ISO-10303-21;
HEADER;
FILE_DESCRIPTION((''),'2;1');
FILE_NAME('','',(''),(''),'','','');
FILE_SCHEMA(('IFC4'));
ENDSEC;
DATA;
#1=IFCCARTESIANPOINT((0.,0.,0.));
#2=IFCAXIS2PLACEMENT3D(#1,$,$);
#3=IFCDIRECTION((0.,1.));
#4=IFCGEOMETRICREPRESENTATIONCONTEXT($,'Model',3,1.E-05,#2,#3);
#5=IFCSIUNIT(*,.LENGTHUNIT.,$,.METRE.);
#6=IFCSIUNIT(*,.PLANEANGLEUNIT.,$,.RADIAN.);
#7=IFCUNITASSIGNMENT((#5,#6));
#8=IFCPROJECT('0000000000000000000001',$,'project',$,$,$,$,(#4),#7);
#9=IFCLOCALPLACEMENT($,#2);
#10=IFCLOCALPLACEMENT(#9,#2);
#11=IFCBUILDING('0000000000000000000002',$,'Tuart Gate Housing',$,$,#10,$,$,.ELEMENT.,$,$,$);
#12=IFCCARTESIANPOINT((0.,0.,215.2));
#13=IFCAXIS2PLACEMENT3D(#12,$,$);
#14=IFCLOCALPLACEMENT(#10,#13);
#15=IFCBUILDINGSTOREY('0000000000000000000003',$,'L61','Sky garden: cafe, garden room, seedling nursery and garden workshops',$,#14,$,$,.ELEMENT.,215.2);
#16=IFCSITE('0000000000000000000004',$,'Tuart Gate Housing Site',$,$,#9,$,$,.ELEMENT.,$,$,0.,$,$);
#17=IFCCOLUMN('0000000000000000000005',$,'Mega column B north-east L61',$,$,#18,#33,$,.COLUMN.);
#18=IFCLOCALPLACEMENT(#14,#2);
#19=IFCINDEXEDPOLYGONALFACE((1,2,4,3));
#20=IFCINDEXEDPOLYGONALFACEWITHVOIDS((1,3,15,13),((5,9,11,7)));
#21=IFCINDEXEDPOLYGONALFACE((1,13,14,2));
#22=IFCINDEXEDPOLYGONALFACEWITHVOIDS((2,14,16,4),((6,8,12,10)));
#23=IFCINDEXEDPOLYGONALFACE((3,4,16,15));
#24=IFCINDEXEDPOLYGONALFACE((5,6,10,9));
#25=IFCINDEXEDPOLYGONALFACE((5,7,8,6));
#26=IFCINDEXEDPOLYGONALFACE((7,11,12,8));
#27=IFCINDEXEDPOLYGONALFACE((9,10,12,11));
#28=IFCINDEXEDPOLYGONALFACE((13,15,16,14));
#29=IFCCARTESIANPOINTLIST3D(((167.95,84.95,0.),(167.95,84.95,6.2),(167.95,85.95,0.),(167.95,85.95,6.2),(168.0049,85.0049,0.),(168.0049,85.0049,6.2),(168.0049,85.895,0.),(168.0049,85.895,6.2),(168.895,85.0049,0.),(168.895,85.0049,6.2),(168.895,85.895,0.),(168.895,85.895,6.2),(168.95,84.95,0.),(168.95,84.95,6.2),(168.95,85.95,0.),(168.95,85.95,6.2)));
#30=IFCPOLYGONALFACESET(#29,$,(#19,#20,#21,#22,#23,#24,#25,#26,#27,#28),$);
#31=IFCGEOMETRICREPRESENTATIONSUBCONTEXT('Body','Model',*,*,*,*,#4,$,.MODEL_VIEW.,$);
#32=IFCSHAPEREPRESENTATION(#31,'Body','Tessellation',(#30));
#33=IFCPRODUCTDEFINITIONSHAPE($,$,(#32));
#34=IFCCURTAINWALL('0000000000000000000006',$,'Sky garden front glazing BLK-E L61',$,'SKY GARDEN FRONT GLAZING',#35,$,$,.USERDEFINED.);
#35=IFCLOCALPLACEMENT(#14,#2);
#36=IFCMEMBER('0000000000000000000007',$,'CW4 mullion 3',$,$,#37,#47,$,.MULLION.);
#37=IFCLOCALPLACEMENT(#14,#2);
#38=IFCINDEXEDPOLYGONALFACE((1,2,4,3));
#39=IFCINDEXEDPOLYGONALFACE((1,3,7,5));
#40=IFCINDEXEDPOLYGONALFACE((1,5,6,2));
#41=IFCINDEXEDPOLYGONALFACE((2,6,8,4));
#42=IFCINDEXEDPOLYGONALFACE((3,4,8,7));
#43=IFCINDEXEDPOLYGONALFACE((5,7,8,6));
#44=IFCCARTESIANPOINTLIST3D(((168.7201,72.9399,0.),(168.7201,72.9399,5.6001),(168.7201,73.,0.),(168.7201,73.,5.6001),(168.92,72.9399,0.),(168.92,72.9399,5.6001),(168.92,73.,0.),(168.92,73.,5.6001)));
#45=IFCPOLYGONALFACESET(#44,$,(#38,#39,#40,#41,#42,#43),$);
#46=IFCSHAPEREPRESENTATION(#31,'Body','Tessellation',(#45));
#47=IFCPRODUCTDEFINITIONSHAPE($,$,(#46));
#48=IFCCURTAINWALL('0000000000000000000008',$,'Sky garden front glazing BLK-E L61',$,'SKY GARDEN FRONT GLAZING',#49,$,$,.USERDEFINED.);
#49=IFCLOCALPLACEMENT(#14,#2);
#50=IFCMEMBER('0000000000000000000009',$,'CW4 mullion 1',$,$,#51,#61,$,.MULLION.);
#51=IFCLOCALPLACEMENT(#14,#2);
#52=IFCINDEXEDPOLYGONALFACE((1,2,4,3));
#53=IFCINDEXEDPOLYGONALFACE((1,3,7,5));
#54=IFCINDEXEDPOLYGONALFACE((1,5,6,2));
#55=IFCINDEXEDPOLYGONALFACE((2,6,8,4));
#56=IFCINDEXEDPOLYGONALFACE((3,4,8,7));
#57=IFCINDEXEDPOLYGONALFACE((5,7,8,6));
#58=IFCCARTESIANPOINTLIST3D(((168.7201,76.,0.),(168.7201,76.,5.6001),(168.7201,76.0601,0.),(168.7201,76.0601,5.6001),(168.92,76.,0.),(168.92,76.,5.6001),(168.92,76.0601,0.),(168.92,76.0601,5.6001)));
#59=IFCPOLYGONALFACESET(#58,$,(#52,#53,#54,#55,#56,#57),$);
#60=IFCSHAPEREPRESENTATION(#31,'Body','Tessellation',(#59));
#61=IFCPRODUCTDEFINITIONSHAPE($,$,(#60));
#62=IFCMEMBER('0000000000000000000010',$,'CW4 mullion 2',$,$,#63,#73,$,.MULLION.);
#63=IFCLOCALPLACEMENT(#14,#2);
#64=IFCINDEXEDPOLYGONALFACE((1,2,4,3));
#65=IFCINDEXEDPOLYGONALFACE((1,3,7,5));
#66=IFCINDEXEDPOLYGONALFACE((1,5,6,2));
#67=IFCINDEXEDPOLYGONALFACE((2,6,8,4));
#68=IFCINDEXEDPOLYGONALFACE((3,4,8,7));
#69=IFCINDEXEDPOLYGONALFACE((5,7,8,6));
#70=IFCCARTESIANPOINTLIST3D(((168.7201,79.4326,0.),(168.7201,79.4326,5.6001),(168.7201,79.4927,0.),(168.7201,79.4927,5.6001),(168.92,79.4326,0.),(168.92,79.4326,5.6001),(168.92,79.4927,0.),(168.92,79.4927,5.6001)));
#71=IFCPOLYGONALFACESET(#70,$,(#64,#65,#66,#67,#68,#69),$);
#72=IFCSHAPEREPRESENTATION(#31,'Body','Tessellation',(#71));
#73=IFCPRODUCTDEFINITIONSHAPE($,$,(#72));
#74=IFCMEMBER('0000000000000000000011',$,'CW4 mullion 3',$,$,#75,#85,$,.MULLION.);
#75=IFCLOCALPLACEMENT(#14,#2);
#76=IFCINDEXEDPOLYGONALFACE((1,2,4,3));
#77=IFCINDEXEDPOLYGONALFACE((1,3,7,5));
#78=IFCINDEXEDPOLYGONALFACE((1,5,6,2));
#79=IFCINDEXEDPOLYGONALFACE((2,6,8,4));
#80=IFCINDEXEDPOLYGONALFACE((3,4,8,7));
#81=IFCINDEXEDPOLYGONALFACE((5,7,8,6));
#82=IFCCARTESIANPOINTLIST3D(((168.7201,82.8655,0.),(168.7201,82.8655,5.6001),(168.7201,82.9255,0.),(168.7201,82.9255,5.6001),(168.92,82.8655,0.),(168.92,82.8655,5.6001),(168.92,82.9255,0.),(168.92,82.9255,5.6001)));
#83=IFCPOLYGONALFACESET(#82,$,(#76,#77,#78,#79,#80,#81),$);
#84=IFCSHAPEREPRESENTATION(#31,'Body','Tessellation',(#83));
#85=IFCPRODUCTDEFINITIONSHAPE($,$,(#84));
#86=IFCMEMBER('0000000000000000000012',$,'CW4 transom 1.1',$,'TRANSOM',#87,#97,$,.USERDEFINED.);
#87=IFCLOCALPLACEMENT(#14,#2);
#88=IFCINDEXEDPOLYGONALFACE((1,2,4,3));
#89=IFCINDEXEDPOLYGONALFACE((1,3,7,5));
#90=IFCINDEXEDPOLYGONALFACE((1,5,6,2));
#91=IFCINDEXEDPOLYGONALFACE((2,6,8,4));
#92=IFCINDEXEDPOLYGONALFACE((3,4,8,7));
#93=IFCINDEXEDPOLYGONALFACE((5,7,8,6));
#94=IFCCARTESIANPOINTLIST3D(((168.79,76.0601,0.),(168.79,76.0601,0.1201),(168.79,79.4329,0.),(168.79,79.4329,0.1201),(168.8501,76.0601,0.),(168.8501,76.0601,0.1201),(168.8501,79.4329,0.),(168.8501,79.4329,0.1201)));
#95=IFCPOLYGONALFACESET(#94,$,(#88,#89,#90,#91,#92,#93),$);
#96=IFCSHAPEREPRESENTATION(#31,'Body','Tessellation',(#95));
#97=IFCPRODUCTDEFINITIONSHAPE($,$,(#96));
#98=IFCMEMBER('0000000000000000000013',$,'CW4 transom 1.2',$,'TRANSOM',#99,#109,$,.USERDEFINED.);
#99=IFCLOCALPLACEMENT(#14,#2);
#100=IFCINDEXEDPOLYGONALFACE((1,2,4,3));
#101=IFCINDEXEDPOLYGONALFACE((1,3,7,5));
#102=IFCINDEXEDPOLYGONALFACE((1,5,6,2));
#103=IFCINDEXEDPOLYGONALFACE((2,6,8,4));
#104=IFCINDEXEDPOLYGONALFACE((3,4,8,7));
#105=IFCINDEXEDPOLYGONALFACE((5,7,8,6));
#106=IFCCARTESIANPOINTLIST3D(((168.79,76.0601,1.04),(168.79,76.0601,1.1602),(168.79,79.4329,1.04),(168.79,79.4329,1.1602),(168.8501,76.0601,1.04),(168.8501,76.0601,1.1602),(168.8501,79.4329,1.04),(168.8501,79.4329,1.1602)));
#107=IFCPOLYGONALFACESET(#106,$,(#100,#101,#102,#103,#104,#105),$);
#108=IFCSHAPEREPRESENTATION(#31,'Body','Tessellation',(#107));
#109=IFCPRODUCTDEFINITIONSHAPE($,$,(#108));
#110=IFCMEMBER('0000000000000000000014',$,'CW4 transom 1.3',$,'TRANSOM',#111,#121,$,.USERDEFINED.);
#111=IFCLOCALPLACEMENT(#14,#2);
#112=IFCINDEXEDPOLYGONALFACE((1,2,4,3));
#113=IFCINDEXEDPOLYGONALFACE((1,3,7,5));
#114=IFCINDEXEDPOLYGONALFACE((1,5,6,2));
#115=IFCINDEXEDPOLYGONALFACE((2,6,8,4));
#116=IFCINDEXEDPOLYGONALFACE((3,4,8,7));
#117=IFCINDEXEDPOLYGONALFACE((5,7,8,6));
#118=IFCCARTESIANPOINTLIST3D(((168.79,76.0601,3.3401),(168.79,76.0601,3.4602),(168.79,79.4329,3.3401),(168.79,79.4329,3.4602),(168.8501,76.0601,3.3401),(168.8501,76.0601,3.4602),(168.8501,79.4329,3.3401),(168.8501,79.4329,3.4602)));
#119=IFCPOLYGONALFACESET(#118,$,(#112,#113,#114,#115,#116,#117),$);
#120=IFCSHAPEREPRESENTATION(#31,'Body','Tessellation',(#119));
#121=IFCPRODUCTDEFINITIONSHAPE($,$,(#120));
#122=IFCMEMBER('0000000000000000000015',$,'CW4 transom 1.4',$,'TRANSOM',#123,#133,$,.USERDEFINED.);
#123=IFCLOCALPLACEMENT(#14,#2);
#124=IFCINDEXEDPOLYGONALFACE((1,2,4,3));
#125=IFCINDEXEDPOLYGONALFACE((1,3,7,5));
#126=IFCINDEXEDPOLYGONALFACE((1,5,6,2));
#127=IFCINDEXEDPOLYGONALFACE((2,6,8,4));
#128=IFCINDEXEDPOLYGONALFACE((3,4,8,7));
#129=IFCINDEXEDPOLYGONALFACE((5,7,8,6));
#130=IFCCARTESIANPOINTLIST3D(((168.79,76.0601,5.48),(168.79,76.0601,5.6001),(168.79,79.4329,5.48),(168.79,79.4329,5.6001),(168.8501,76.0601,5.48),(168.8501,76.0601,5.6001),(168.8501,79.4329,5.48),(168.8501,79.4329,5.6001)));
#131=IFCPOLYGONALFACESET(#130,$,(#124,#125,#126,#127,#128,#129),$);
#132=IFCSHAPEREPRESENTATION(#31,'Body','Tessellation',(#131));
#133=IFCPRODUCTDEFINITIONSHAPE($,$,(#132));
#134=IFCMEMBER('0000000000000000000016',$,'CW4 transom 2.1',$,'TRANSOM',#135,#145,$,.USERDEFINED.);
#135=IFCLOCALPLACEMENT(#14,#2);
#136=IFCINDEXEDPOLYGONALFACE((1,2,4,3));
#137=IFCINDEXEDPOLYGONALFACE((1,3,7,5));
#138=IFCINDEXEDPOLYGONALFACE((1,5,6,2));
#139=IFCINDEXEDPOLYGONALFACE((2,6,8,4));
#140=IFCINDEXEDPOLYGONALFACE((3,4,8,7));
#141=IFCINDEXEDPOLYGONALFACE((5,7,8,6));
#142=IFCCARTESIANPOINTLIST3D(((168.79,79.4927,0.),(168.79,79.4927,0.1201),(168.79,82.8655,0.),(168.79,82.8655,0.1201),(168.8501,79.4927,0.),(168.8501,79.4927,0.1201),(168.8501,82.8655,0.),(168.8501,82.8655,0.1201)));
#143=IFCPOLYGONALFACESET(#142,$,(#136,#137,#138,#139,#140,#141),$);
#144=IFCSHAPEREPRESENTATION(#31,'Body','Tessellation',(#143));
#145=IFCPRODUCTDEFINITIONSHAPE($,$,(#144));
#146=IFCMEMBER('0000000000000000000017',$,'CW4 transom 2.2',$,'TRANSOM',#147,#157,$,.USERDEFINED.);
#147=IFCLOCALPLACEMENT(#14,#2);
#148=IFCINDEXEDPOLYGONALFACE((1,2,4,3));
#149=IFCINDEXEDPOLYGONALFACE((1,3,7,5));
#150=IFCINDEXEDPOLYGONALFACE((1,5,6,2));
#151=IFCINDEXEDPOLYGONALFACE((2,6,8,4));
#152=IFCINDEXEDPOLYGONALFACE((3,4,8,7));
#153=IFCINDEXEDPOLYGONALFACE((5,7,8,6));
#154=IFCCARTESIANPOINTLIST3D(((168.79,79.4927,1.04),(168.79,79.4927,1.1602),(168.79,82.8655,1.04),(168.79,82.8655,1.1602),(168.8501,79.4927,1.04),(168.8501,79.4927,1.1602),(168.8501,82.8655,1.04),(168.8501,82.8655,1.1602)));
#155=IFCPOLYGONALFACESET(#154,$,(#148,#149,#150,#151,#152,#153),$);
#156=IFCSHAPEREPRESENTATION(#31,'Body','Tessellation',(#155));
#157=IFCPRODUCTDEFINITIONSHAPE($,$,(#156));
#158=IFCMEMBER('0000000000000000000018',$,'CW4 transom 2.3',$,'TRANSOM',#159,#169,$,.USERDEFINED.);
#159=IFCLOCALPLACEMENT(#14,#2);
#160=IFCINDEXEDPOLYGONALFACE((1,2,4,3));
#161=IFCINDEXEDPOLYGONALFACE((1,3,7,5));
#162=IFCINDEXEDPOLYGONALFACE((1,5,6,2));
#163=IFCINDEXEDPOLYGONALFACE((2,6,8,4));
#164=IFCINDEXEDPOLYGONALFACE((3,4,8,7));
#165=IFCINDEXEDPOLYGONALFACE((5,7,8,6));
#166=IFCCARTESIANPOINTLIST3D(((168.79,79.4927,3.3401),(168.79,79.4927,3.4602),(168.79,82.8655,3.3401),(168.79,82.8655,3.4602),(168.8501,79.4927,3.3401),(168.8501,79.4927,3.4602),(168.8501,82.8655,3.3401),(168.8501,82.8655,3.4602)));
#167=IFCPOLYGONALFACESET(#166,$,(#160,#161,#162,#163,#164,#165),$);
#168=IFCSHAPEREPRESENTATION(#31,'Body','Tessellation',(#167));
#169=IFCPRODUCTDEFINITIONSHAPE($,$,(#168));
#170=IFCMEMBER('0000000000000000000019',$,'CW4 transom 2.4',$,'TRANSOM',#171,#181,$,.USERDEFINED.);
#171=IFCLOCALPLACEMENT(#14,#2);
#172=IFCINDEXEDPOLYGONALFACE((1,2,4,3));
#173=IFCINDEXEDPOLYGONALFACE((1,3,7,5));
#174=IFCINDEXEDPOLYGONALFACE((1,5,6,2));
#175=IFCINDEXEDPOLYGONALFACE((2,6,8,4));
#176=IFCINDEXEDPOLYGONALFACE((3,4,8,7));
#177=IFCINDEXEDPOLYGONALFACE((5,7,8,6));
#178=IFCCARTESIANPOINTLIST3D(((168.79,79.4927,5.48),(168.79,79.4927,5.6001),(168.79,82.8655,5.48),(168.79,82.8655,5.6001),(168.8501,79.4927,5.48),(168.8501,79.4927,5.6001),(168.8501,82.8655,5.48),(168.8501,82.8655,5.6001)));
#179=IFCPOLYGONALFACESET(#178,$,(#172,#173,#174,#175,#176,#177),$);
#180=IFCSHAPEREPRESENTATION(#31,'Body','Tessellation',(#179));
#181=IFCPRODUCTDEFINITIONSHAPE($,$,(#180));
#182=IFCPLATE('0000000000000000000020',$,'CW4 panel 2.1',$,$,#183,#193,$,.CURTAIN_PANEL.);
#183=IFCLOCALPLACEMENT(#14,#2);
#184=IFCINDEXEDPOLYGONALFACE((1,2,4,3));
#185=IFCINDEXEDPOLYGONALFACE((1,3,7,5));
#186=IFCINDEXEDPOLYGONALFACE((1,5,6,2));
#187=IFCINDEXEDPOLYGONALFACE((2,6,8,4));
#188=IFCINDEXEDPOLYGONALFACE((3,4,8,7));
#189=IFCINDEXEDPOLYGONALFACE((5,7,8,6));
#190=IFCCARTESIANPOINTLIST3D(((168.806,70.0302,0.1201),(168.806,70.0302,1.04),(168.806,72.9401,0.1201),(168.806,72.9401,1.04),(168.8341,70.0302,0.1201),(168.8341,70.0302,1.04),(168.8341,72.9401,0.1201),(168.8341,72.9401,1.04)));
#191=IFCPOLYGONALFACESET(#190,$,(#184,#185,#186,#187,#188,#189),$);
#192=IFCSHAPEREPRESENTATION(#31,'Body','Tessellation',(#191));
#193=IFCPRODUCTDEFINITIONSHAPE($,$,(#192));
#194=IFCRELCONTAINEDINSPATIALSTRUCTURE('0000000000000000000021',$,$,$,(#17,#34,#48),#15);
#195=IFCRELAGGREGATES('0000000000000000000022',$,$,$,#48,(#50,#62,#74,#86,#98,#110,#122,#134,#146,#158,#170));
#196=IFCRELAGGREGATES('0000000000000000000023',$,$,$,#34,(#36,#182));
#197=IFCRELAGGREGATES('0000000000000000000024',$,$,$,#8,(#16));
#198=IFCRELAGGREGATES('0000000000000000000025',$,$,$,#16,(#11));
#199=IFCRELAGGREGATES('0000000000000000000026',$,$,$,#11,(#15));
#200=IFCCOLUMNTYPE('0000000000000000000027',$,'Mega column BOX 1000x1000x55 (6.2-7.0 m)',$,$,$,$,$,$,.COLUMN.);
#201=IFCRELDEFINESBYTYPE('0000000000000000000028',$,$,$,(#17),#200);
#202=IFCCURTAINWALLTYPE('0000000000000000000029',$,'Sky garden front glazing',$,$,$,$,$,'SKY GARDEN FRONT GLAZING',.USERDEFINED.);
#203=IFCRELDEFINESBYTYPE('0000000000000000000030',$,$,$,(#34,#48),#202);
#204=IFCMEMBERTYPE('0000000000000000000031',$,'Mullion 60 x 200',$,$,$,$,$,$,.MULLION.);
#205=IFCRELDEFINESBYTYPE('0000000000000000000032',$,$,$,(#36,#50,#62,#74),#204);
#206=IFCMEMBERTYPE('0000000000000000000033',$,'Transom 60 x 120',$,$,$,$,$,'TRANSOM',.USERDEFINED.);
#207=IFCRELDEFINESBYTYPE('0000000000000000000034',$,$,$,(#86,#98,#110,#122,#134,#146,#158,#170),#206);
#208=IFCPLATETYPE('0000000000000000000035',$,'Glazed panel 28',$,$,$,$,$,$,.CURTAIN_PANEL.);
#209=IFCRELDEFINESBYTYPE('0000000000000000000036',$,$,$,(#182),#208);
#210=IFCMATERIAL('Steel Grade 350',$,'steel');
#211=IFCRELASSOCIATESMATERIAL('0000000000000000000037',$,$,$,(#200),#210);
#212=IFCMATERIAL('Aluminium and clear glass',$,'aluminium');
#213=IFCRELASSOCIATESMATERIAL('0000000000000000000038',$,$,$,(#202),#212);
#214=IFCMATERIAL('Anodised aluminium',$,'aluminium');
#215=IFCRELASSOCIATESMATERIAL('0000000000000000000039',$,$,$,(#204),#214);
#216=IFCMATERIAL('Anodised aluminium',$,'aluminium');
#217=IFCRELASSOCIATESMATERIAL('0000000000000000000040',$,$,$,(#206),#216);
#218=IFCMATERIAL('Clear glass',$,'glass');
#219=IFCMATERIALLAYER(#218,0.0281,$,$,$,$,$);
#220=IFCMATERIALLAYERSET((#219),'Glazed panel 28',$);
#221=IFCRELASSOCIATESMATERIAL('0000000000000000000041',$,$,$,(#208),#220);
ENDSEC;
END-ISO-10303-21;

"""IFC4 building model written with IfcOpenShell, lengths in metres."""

from ifc_helpers import new_model, si_unit, direction, frame, origin, origin_2d, place, context, subcontext, project, spatial, rectangle, hollow_rectangle, extrude, material, layer, layer_set, material_profile, profile_set, type_object, element, aggregate, save


model = new_model("IFC4")

# Units and contexts
model_context = context("Model", 3, precision=1e-05, world=origin(), true_north=direction((0.0, 1.0)))
body_context = subcontext(model_context, "Body", "Model", "MODEL_VIEW")
ifc_project = project(units=[si_unit("LENGTHUNIT", "METRE"), si_unit("PLANEANGLEUNIT", "RADIAN")], contexts=[model_context])

# Site, building, storey
site_placement = place(None, origin())
site = spatial("IfcSite", under=ifc_project, at=site_placement, Name="Tuart Gate Housing Site", CompositionType="ELEMENT", RefElevation=0.0)
building_placement = place(site_placement, origin())
building = spatial("IfcBuilding", under=site, at=building_placement, Name="Tuart Gate Housing", CompositionType="ELEMENT")
storey_placement = place(building_placement, frame((0.0, 0.0, 215.2)))
storey = spatial("IfcBuildingStorey", under=building, at=storey_placement, Name="L61", Description="Sky garden: cafe, garden room, seedling nursery and garden workshops", CompositionType="ELEMENT", Elevation=215.2)

# Column
ifc_material_1 = material(Name="Steel Grade 350", Category="steel")
ifc_material_profile_1 = material_profile(ifc_material_1, hollow_rectangle(XDim=1.0, YDim=1.0, WallThickness=0.0549, at=origin_2d()), Name="BOX 1000x1000x55")
ifc_profile_set_1 = profile_set([ifc_material_profile_1], Name="Steel Grade 350")
column_type = type_object("IfcColumnType", Name="Mega column BOX 1000x1000x55 (6.2-7.0 m)", PredefinedType="COLUMN", material=ifc_profile_set_1)
column_placement = place(storey_placement, frame((168.45, 85.45, 0.0), z_axis=(0.0, 0.0, 1.0), x_axis=(1.0, 0.0, 0.0)))
element("IfcColumn", 1, at=column_placement, inside=storey, type_object=column_type, Name="Mega column B north-east L61", PredefinedType="COLUMN", context=body_context, shape_type="SweptSolid", body=[
    extrude(hollow_rectangle(XDim=1.0, YDim=1.0, WallThickness=0.0549, at=origin_2d()), origin(), (0.0, 0.0, 1.0), 6.2),
])

# Curtain wall, member
ifc_material_2 = material(Name="Aluminium and clear glass", Category="aluminium")
curtain_wall_type = type_object("IfcCurtainWallType", Name="Sky garden front glazing", ElementType="SKY GARDEN FRONT GLAZING", PredefinedType="USERDEFINED", material=ifc_material_2)
curtain_wall_1_placement = place(storey_placement, origin())
curtain_wall_1 = element("IfcCurtainWall", 2, at=curtain_wall_1_placement, inside=storey, type_object=curtain_wall_type, Name="Sky garden front glazing BLK-E L61", ObjectType="SKY GARDEN FRONT GLAZING", PredefinedType="USERDEFINED")
ifc_material_3 = material(Name="Anodised aluminium", Category="aluminium")
ifc_material_profile_2 = material_profile(ifc_material_3, rectangle(XDim=0.0601, YDim=0.2, at=origin_2d()), Name="60x200")
ifc_profile_set_2 = profile_set([ifc_material_profile_2], Name="Anodised aluminium")
member_type_1 = type_object("IfcMemberType", Name="Mullion 60 x 200", PredefinedType="MULLION", material=ifc_profile_set_2)
member_1_placement = place(storey_placement, frame((168.8201, 72.97, 0.0), z_axis=(0.0, 0.0, 1.0), x_axis=(0.0, 1.0, 0.0)))
member_1 = element("IfcMember", 3, at=member_1_placement, type_object=member_type_1, Name="CW4 mullion 3", PredefinedType="MULLION", context=body_context, shape_type="SweptSolid", body=[
    extrude(rectangle(XDim=0.0601, YDim=0.2, at=origin_2d()), origin(), (0.0, 0.0, 1.0), 5.6001),
])

# Curtain wall, members
curtain_wall_2_placement = place(storey_placement, origin())
curtain_wall_2 = element("IfcCurtainWall", 4, at=curtain_wall_2_placement, inside=storey, type_object=curtain_wall_type, Name="Sky garden front glazing BLK-E L61", ObjectType="SKY GARDEN FRONT GLAZING", PredefinedType="USERDEFINED")
member_2_placement = place(storey_placement, frame((168.8201, 76.03, 0.0), z_axis=(0.0, 0.0, 1.0), x_axis=(0.0, 1.0, 0.0)))
member_2 = element("IfcMember", 5, at=member_2_placement, type_object=member_type_1, Name="CW4 mullion 1", PredefinedType="MULLION", context=body_context, shape_type="SweptSolid", body=[
    extrude(rectangle(XDim=0.0601, YDim=0.2, at=origin_2d()), origin(), (0.0, 0.0, 1.0), 5.6001),
])
member_3_placement = place(storey_placement, frame((168.8201, 79.4626, 0.0), z_axis=(0.0, 0.0, 1.0), x_axis=(0.0, 1.0, 0.0)))
member_3 = element("IfcMember", 6, at=member_3_placement, type_object=member_type_1, Name="CW4 mullion 2", PredefinedType="MULLION", context=body_context, shape_type="SweptSolid", body=[
    extrude(rectangle(XDim=0.0601, YDim=0.2, at=origin_2d()), origin(), (0.0, 0.0, 1.0), 5.6001),
])
member_4_placement = place(storey_placement, frame((168.8201, 82.8955, 0.0), z_axis=(0.0, 0.0, 1.0), x_axis=(0.0, 1.0, 0.0)))
member_4 = element("IfcMember", 7, at=member_4_placement, type_object=member_type_1, Name="CW4 mullion 3", PredefinedType="MULLION", context=body_context, shape_type="SweptSolid", body=[
    extrude(rectangle(XDim=0.0601, YDim=0.2, at=origin_2d()), origin(), (0.0, 0.0, 1.0), 5.6001),
])
ifc_material_4 = material(Name="Anodised aluminium", Category="aluminium")
ifc_material_profile_3 = material_profile(ifc_material_4, rectangle(XDim=0.0601, YDim=0.1201, at=origin_2d()), Name="60x120")
ifc_profile_set_3 = profile_set([ifc_material_profile_3], Name="Anodised aluminium")
member_type_2 = type_object("IfcMemberType", Name="Transom 60 x 120", ElementType="TRANSOM", PredefinedType="USERDEFINED", material=ifc_profile_set_3)
member_5_placement = place(storey_placement, frame((168.8201, 76.0601, 0.0601), z_axis=(0.0, 1.0, 0.0), x_axis=(-1.0, 0.0, 0.0)))
member_5 = element("IfcMember", 8, at=member_5_placement, type_object=member_type_2, Name="CW4 transom 1.1", ObjectType="TRANSOM", PredefinedType="USERDEFINED", context=body_context, shape_type="SweptSolid", body=[
    extrude(rectangle(XDim=0.0601, YDim=0.1201, at=origin_2d()), origin(), (0.0, 0.0, 1.0), 3.3728),
])
member_6_placement = place(storey_placement, frame((168.8201, 76.0601, 1.1001), z_axis=(0.0, 1.0, 0.0), x_axis=(-1.0, 0.0, 0.0)))
member_6 = element("IfcMember", 9, at=member_6_placement, type_object=member_type_2, Name="CW4 transom 1.2", ObjectType="TRANSOM", PredefinedType="USERDEFINED", context=body_context, shape_type="SweptSolid", body=[
    extrude(rectangle(XDim=0.0601, YDim=0.1201, at=origin_2d()), origin(), (0.0, 0.0, 1.0), 3.3728),
])
member_7_placement = place(storey_placement, frame((168.8201, 76.0601, 3.4001), z_axis=(0.0, 1.0, 0.0), x_axis=(-1.0, 0.0, 0.0)))
member_7 = element("IfcMember", 10, at=member_7_placement, type_object=member_type_2, Name="CW4 transom 1.3", ObjectType="TRANSOM", PredefinedType="USERDEFINED", context=body_context, shape_type="SweptSolid", body=[
    extrude(rectangle(XDim=0.0601, YDim=0.1201, at=origin_2d()), origin(), (0.0, 0.0, 1.0), 3.3728),
])
member_8_placement = place(storey_placement, frame((168.8201, 76.0601, 5.54), z_axis=(0.0, 1.0, 0.0), x_axis=(-1.0, 0.0, 0.0)))
member_8 = element("IfcMember", 11, at=member_8_placement, type_object=member_type_2, Name="CW4 transom 1.4", ObjectType="TRANSOM", PredefinedType="USERDEFINED", context=body_context, shape_type="SweptSolid", body=[
    extrude(rectangle(XDim=0.0601, YDim=0.1201, at=origin_2d()), origin(), (0.0, 0.0, 1.0), 3.3728),
])
member_9_placement = place(storey_placement, frame((168.8201, 79.4927, 0.0601), z_axis=(0.0, 1.0, 0.0), x_axis=(-1.0, 0.0, 0.0)))
member_9 = element("IfcMember", 12, at=member_9_placement, type_object=member_type_2, Name="CW4 transom 2.1", ObjectType="TRANSOM", PredefinedType="USERDEFINED", context=body_context, shape_type="SweptSolid", body=[
    extrude(rectangle(XDim=0.0601, YDim=0.1201, at=origin_2d()), origin(), (0.0, 0.0, 1.0), 3.3728),
])
member_10_placement = place(storey_placement, frame((168.8201, 79.4927, 1.1001), z_axis=(0.0, 1.0, 0.0), x_axis=(-1.0, 0.0, 0.0)))
member_10 = element("IfcMember", 13, at=member_10_placement, type_object=member_type_2, Name="CW4 transom 2.2", ObjectType="TRANSOM", PredefinedType="USERDEFINED", context=body_context, shape_type="SweptSolid", body=[
    extrude(rectangle(XDim=0.0601, YDim=0.1201, at=origin_2d()), origin(), (0.0, 0.0, 1.0), 3.3728),
])
member_11_placement = place(storey_placement, frame((168.8201, 79.4927, 3.4001), z_axis=(0.0, 1.0, 0.0), x_axis=(-1.0, 0.0, 0.0)))
member_11 = element("IfcMember", 14, at=member_11_placement, type_object=member_type_2, Name="CW4 transom 2.3", ObjectType="TRANSOM", PredefinedType="USERDEFINED", context=body_context, shape_type="SweptSolid", body=[
    extrude(rectangle(XDim=0.0601, YDim=0.1201, at=origin_2d()), origin(), (0.0, 0.0, 1.0), 3.3728),
])
member_12_placement = place(storey_placement, frame((168.8201, 79.4927, 5.54), z_axis=(0.0, 1.0, 0.0), x_axis=(-1.0, 0.0, 0.0)))
member_12 = element("IfcMember", 15, at=member_12_placement, type_object=member_type_2, Name="CW4 transom 2.4", ObjectType="TRANSOM", PredefinedType="USERDEFINED", context=body_context, shape_type="SweptSolid", body=[
    extrude(rectangle(XDim=0.0601, YDim=0.1201, at=origin_2d()), origin(), (0.0, 0.0, 1.0), 3.3728),
])

# Plate
ifc_material_5 = material(Name="Clear glass", Category="glass")
ifc_layer_1 = layer(ifc_material_5, 0.0281)
ifc_layer_set_1 = layer_set([ifc_layer_1], Name="Glazed panel 28")
plate_type_1 = type_object("IfcPlateType", Name="Glazed panel 28", PredefinedType="CURTAIN_PANEL", material=ifc_layer_set_1)
plate_1_placement = place(storey_placement, frame((168.8201, 71.4851, 0.1201), z_axis=(0.0, 0.0, 1.0), x_axis=(0.0, 1.0, 0.0)))
plate_1 = element("IfcPlate", 16, at=plate_1_placement, type_object=plate_type_1, Name="CW4 panel 2.1", PredefinedType="CURTAIN_PANEL", context=body_context, shape_type="SweptSolid", body=[
    extrude(rectangle(XDim=2.9099, YDim=0.0281, at=origin_2d()), origin(), (0.0, 0.0, 1.0), 0.9199),
])
aggregate(curtain_wall_2, [member_2, member_3, member_4, member_5, member_6, member_7, member_8, member_9, member_10, member_11, member_12])
aggregate(curtain_wall_1, [member_1, plate_1])

save(model, "model.ifc")
